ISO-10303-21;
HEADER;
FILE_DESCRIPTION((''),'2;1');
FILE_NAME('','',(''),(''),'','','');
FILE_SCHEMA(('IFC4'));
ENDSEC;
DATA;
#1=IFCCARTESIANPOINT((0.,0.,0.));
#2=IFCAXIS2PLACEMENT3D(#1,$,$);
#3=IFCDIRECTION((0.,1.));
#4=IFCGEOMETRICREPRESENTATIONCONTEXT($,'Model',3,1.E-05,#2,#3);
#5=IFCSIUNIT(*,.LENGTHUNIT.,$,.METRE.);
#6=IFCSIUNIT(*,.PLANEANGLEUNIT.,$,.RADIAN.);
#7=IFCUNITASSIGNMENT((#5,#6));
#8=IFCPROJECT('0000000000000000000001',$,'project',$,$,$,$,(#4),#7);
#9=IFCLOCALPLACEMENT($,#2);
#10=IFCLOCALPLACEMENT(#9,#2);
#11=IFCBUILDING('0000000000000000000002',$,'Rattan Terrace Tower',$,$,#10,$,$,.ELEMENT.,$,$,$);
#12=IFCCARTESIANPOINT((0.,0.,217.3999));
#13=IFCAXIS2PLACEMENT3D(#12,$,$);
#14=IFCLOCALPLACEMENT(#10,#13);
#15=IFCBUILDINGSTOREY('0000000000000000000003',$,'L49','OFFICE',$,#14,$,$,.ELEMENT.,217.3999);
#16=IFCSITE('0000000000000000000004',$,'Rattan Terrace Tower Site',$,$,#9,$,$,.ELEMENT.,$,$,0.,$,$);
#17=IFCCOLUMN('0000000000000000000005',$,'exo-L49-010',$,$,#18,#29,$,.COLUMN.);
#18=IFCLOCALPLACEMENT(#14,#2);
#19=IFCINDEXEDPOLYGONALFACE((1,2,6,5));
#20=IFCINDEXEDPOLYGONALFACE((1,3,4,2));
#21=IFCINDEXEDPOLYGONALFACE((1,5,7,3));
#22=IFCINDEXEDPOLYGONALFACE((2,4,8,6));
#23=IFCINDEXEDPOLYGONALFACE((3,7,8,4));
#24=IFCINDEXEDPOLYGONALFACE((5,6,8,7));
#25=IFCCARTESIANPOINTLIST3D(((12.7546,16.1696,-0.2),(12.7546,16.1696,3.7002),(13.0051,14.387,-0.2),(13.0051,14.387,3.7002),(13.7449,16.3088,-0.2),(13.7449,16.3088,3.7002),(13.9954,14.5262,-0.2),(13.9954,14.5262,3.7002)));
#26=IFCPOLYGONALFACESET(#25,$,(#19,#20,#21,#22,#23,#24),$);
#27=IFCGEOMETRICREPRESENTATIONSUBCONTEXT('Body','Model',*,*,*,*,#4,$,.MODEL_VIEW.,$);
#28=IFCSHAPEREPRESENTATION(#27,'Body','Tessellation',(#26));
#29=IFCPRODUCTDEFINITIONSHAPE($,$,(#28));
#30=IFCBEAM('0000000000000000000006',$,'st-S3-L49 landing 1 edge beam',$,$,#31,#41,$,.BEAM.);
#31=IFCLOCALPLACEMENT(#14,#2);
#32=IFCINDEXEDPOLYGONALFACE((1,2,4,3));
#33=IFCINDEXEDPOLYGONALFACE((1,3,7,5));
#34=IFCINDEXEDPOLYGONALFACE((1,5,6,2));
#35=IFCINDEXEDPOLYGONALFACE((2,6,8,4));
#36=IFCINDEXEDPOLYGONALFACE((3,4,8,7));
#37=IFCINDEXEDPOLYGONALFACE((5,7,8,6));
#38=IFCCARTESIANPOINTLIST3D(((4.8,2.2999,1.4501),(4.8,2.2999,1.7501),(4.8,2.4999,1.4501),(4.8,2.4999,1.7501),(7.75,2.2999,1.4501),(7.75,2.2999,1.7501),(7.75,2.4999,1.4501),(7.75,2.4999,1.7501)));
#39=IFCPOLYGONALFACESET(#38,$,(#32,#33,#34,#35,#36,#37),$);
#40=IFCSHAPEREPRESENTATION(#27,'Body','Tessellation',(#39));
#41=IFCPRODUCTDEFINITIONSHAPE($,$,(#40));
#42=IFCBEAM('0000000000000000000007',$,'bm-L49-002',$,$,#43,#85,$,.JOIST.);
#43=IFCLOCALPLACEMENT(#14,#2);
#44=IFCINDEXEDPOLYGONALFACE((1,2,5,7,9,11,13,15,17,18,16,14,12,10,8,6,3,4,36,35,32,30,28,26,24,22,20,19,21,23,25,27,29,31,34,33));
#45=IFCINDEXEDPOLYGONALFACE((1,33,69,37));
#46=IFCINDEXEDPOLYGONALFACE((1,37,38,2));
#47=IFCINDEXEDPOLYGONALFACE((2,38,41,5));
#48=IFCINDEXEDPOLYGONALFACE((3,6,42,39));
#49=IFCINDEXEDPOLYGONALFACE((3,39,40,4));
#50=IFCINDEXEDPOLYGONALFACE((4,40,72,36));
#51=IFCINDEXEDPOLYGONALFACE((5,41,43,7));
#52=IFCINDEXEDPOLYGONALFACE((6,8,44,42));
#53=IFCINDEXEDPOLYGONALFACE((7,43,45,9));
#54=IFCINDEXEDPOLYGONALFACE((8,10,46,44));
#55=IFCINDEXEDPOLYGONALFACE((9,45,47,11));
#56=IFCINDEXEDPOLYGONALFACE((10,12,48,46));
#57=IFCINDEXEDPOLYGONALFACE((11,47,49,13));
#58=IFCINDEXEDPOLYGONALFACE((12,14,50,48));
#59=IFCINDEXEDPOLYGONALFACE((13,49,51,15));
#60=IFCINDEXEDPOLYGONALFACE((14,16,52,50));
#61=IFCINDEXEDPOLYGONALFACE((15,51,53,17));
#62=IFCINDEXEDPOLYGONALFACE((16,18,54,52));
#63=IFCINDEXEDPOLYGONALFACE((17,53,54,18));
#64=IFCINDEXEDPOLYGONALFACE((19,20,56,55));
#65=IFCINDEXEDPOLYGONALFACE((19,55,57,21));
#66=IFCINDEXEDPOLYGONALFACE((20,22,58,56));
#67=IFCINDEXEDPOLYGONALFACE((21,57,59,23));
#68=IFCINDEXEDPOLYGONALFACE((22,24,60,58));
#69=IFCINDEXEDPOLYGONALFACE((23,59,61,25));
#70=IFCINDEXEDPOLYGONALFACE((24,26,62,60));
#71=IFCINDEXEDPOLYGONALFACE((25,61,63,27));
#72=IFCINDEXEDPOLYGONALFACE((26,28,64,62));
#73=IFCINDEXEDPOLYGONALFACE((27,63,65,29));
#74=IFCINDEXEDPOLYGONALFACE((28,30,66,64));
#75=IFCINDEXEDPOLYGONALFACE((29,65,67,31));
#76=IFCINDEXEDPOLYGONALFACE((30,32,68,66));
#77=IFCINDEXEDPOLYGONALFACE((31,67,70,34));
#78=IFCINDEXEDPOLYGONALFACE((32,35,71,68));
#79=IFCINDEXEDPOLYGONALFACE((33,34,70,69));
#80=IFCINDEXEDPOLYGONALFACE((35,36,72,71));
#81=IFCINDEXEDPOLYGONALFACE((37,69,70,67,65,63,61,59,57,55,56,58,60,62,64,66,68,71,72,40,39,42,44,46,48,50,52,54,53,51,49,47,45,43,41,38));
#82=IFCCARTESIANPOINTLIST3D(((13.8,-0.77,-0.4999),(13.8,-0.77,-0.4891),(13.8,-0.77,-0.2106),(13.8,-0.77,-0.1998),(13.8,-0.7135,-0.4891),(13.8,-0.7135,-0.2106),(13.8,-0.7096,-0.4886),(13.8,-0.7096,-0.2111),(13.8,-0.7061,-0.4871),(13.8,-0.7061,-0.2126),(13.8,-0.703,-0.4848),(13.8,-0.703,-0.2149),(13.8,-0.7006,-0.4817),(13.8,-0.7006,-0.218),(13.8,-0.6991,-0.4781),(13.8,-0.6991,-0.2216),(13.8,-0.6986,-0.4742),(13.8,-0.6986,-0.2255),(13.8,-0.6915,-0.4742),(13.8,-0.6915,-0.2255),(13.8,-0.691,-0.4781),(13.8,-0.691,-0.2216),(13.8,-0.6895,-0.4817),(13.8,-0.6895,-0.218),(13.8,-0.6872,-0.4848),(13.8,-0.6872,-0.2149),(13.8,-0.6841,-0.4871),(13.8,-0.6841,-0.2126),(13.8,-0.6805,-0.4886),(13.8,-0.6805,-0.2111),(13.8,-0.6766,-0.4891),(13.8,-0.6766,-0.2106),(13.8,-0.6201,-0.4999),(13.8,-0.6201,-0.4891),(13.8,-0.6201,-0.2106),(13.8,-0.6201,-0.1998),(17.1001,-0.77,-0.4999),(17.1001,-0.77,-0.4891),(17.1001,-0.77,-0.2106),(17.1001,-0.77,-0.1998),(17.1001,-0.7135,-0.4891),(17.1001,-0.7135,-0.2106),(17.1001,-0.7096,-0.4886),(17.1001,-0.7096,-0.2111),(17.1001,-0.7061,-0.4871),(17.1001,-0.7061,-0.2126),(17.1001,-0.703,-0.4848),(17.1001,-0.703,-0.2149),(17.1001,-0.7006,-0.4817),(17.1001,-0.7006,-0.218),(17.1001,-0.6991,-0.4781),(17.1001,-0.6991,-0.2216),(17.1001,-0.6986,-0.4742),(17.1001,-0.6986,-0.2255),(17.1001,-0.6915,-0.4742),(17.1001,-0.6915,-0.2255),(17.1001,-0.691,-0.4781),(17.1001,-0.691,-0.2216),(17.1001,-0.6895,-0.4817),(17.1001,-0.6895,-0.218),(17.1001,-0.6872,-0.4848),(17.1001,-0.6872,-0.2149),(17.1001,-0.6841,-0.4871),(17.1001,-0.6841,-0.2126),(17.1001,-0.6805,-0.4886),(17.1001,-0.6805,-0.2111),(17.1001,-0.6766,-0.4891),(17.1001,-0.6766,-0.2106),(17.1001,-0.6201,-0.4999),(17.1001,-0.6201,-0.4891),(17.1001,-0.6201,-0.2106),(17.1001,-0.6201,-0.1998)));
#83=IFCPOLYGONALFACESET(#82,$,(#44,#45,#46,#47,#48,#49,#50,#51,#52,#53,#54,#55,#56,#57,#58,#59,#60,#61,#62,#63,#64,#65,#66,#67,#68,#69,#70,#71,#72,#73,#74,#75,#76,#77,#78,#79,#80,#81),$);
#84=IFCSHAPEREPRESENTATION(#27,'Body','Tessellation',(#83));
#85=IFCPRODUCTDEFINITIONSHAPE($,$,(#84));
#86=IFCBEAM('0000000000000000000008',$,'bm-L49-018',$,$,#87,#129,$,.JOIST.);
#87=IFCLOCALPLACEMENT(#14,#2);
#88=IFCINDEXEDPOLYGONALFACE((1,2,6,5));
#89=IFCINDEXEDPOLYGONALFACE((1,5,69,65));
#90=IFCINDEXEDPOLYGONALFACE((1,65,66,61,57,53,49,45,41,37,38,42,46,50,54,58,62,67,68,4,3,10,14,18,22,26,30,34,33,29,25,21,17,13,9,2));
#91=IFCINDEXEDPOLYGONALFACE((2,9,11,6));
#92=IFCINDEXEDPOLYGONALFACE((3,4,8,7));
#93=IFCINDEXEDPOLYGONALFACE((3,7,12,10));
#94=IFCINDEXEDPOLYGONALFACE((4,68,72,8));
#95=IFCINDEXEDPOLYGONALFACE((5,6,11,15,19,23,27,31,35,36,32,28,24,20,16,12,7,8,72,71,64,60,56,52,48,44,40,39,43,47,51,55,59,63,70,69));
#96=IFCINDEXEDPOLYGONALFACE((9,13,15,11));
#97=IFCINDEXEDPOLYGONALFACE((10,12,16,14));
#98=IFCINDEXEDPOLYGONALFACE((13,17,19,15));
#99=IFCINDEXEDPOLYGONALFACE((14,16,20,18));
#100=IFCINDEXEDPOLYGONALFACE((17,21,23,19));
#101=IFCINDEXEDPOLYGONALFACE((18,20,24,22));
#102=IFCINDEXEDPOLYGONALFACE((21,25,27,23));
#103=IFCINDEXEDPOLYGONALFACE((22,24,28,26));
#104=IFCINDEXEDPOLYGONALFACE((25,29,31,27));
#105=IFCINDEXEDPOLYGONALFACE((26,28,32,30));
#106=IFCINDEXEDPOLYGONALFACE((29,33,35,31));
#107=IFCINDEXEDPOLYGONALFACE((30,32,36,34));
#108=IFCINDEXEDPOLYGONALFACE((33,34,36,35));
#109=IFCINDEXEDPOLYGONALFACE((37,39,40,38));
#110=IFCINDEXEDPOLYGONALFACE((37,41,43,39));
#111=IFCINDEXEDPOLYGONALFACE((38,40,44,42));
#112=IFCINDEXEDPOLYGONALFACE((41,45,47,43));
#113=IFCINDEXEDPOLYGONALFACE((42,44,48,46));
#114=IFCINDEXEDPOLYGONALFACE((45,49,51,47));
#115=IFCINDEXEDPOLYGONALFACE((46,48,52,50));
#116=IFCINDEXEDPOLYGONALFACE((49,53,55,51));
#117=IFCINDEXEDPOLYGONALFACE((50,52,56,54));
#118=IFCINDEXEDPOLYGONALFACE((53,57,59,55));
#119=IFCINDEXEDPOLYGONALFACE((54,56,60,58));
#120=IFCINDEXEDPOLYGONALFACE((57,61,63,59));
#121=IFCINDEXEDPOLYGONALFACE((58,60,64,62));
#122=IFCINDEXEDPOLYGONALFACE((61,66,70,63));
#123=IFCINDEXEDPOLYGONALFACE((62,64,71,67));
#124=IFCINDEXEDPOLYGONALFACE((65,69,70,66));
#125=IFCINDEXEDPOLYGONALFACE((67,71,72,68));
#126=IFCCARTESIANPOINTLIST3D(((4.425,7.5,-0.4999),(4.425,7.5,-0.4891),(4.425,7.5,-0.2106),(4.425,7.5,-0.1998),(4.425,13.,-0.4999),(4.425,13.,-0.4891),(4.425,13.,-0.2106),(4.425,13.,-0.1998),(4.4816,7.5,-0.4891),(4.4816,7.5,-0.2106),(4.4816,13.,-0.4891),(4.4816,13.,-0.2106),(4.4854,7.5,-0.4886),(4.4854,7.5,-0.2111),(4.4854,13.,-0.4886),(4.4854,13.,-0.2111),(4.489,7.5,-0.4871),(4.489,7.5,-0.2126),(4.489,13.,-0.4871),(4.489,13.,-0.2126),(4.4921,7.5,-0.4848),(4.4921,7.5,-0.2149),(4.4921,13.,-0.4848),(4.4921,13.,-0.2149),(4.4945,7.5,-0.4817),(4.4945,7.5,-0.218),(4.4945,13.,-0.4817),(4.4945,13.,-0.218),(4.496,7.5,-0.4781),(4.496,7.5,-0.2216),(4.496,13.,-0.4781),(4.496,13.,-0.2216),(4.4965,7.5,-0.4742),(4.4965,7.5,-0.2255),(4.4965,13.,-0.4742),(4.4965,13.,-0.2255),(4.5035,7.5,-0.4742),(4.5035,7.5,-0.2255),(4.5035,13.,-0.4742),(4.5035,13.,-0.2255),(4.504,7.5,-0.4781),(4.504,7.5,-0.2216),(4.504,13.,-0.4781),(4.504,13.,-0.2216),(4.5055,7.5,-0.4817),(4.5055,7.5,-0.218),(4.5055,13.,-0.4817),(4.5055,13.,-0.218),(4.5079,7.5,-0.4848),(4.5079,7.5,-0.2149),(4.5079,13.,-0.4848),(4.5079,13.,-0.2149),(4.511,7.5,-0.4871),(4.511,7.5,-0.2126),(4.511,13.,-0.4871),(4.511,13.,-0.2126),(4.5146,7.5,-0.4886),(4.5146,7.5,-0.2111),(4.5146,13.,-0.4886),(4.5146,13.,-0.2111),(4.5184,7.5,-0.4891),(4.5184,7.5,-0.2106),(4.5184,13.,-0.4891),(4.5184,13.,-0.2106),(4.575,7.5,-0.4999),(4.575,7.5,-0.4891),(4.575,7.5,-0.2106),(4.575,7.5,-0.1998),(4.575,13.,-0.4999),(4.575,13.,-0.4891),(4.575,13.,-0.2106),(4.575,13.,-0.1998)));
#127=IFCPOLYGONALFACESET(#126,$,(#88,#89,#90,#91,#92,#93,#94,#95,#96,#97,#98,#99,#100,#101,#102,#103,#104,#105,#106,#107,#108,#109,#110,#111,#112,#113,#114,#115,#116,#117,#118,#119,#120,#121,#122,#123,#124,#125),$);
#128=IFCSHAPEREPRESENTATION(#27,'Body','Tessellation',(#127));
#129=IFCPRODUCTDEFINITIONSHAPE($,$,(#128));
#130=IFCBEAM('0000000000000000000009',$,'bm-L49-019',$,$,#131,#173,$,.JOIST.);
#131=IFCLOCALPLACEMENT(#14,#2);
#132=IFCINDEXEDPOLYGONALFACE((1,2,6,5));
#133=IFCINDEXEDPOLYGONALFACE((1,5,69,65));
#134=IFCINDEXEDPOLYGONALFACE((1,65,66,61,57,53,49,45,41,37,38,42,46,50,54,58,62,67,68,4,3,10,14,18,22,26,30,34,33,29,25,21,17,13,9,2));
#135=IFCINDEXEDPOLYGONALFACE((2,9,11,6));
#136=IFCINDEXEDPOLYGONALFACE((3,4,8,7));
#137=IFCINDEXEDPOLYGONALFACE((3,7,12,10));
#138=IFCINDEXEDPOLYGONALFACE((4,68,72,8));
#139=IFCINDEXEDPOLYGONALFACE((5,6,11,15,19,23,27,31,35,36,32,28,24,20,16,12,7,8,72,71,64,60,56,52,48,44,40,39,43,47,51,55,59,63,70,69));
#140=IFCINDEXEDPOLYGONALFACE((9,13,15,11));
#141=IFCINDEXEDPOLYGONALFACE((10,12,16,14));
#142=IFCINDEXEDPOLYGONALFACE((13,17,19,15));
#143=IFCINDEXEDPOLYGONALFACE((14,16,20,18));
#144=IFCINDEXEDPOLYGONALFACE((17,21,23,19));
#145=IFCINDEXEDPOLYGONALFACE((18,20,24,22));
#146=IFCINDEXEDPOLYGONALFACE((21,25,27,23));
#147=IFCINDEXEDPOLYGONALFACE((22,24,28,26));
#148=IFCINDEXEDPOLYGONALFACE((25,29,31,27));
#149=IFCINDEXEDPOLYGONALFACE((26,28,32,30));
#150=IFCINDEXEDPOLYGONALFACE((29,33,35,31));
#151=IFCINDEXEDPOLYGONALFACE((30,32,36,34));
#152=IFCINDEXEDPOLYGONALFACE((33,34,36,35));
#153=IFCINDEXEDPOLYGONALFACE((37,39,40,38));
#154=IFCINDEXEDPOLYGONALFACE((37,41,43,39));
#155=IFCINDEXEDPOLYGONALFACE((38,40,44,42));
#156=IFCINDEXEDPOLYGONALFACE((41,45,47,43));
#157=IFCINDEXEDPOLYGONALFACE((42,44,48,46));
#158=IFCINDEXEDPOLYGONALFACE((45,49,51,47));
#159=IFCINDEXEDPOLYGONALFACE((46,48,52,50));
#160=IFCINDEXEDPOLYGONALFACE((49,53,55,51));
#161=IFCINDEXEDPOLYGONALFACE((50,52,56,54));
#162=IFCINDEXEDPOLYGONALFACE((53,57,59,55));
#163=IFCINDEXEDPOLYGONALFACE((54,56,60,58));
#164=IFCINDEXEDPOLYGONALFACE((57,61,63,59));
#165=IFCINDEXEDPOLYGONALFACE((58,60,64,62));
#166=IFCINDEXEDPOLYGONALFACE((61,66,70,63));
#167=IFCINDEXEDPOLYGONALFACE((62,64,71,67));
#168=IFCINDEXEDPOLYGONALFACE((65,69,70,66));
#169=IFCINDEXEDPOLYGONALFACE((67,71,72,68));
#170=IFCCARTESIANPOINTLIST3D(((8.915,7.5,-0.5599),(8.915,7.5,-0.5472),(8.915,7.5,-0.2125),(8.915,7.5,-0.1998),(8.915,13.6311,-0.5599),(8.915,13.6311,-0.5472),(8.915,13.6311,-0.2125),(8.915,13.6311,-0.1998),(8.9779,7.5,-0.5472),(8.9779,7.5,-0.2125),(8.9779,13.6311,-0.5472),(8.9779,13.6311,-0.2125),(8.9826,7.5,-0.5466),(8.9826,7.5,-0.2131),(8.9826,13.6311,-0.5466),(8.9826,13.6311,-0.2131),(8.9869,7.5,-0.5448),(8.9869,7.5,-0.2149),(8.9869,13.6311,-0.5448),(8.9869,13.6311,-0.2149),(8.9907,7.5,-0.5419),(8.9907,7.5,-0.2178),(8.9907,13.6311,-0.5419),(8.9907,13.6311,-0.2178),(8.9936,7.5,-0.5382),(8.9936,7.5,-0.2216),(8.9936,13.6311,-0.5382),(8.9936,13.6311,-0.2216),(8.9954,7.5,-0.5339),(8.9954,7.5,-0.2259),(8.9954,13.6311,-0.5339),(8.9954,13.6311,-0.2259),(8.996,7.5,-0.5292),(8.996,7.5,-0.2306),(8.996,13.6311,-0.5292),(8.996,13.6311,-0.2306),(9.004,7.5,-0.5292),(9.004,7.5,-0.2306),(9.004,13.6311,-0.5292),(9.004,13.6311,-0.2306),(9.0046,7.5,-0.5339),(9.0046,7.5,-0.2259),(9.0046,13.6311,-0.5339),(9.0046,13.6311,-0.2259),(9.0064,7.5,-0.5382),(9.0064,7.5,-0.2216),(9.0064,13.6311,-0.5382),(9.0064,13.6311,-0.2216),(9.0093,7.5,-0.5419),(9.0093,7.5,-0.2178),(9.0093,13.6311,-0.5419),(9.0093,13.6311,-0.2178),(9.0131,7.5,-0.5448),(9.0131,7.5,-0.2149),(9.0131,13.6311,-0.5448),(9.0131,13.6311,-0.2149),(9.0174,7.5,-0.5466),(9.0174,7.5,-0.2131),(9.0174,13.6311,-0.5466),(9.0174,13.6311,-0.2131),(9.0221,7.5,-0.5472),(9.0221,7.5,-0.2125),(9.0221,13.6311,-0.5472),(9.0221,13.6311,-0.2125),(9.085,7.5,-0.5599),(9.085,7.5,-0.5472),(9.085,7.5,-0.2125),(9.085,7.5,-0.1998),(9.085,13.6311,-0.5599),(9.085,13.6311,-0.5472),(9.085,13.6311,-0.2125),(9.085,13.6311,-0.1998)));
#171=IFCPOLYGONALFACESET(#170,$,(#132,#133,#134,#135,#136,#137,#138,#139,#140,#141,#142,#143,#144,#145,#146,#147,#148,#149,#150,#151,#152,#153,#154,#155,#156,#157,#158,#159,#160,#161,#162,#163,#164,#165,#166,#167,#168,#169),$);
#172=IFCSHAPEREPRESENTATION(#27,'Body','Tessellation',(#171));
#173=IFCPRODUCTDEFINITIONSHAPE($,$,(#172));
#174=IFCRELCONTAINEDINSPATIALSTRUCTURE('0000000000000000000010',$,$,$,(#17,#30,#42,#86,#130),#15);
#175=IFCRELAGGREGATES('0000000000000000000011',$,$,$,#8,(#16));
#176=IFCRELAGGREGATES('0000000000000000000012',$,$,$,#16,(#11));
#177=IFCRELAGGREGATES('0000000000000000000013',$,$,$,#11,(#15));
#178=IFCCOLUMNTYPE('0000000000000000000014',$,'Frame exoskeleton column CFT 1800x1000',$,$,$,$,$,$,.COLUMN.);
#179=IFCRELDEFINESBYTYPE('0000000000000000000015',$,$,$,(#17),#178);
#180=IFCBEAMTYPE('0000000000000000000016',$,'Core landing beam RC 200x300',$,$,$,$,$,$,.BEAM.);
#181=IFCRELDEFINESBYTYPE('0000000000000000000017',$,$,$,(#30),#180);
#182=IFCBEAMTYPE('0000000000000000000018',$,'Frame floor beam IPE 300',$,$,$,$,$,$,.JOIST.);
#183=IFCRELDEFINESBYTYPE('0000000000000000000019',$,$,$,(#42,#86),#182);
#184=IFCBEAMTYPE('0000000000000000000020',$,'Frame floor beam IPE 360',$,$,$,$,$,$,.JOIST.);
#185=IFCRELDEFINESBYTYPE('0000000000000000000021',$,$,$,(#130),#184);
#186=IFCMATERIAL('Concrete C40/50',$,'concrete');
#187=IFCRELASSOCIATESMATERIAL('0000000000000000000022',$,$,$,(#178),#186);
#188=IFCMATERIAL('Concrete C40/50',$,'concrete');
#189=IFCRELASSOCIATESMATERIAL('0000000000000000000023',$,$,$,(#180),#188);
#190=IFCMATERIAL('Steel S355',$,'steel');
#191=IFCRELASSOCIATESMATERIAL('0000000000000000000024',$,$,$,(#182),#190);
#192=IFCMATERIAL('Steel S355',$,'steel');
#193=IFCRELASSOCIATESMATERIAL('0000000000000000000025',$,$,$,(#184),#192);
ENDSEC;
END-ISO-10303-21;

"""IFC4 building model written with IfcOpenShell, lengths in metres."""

from ifc_helpers import new_model, si_unit, direction, frame, origin, origin_2d, place, context, subcontext, project, spatial, rectangle, i_section, extrude, material, material_profile, profile_set, type_object, element, save


model = new_model("IFC4")

# Units and contexts
model_context = context("Model", 3, precision=1e-05, world=origin(), true_north=direction((0.0, 1.0)))
body_context = subcontext(model_context, "Body", "Model", "MODEL_VIEW")
ifc_project = project(units=[si_unit("LENGTHUNIT", "METRE"), si_unit("PLANEANGLEUNIT", "RADIAN")], contexts=[model_context])

# Site, building, storey
site_placement = place(None, origin())
site = spatial("IfcSite", under=ifc_project, at=site_placement, Name="Rattan Terrace Tower Site", CompositionType="ELEMENT", RefElevation=0.0)
building_placement = place(site_placement, origin())
building = spatial("IfcBuilding", under=site, at=building_placement, Name="Rattan Terrace Tower", CompositionType="ELEMENT")
storey_placement = place(building_placement, frame((0.0, 0.0, 217.3999)))
storey = spatial("IfcBuildingStorey", under=building, at=storey_placement, Name="L49", Description="OFFICE", CompositionType="ELEMENT", Elevation=217.3999)

# Column
ifc_material_1 = material(Name="Concrete C40/50", Category="concrete")
ifc_material_profile_1 = material_profile(ifc_material_1, rectangle(XDim=1.0, YDim=1.8, at=origin_2d()), Name="CFT 1800x1000")
ifc_profile_set_1 = profile_set([ifc_material_profile_1], Name="Concrete C40/50")
column_type = type_object("IfcColumnType", Name="Frame exoskeleton column CFT 1800x1000", PredefinedType="COLUMN", material=ifc_profile_set_1)
column_placement = place(storey_placement, frame((13.375, 15.3479, -0.2), z_axis=(0.0, 0.0, 1.0), x_axis=(0.990268, 0.139173, 0.0)))
element("IfcColumn", 1, at=column_placement, inside=storey, type_object=column_type, Name="exo-L49-010", PredefinedType="COLUMN", context=body_context, shape_type="SweptSolid", body=[
    extrude(rectangle(XDim=1.0, YDim=1.8, at=origin_2d()), origin(), (0.0, 0.0, 1.0), 3.9001),
])

# Beams
ifc_material_2 = material(Name="Concrete C40/50", Category="concrete")
ifc_material_profile_2 = material_profile(ifc_material_2, rectangle(XDim=0.2, YDim=0.3, at=origin_2d()), Name="RC 200x300")
ifc_profile_set_2 = profile_set([ifc_material_profile_2], Name="Concrete C40/50")
beam_type_1 = type_object("IfcBeamType", Name="Core landing beam RC 200x300", PredefinedType="BEAM", material=ifc_profile_set_2)
beam_1_placement = place(storey_placement, frame((4.8, 2.3999, 1.6001), z_axis=(1.0, 0.0, 0.0), x_axis=(0.0, 1.0, 0.0)))
element("IfcBeam", 2, at=beam_1_placement, inside=storey, type_object=beam_type_1, Name="st-S3-L49 landing 1 edge beam", PredefinedType="BEAM", context=body_context, shape_type="SweptSolid", body=[
    extrude(rectangle(XDim=0.2, YDim=0.3, at=origin_2d()), origin(), (0.0, 0.0, 1.0), 2.95),
])
ifc_material_3 = material(Name="Steel S355", Category="steel")
ifc_material_profile_3 = material_profile(ifc_material_3, i_section(OverallWidth=0.1499, OverallDepth=0.3, WebThickness=0.0071, FlangeThickness=0.0107, FilletRadius=0.0149, at=origin_2d()), Name="IPE 300")
ifc_profile_set_3 = profile_set([ifc_material_profile_3], Name="Steel S355")
beam_type_2 = type_object("IfcBeamType", Name="Frame floor beam IPE 300", PredefinedType="JOIST", material=ifc_profile_set_3)
beam_2_placement = place(storey_placement, frame((13.8, -0.6951, -0.3499), z_axis=(1.0, 0.0, 0.0), x_axis=(0.0, 1.0, 0.0)))
element("IfcBeam", 3, at=beam_2_placement, inside=storey, type_object=beam_type_2, Name="bm-L49-002", PredefinedType="JOIST", context=body_context, shape_type="SweptSolid", body=[
    extrude(i_section(OverallWidth=0.1499, OverallDepth=0.3, WebThickness=0.0071, FlangeThickness=0.0107, FilletRadius=0.0149, at=origin_2d()), origin(), (0.0, 0.0, 1.0), 3.3),
])
beam_3_placement = place(storey_placement, frame((4.5, 7.5, -0.3499), z_axis=(0.0, 1.0, 0.0), x_axis=(-1.0, 0.0, 0.0)))
element("IfcBeam", 4, at=beam_3_placement, inside=storey, type_object=beam_type_2, Name="bm-L49-018", PredefinedType="JOIST", context=body_context, shape_type="SweptSolid", body=[
    extrude(i_section(OverallWidth=0.1499, OverallDepth=0.3, WebThickness=0.0071, FlangeThickness=0.0107, FilletRadius=0.0149, at=origin_2d()), origin(), (0.0, 0.0, 1.0), 5.5),
])
ifc_material_4 = material(Name="Steel S355", Category="steel")
ifc_material_profile_4 = material_profile(ifc_material_4, i_section(OverallWidth=0.1699, OverallDepth=0.3601, WebThickness=0.0081, FlangeThickness=0.0127, FilletRadius=0.0181, at=origin_2d()), Name="IPE 360")
ifc_profile_set_4 = profile_set([ifc_material_profile_4], Name="Steel S355")
beam_type_3 = type_object("IfcBeamType", Name="Frame floor beam IPE 360", PredefinedType="JOIST", material=ifc_profile_set_4)
beam_4_placement = place(storey_placement, frame((9.0, 7.5, -0.3799), z_axis=(0.0, 1.0, 0.0), x_axis=(-1.0, 0.0, 0.0)))
element("IfcBeam", 5, at=beam_4_placement, inside=storey, type_object=beam_type_3, Name="bm-L49-019", PredefinedType="JOIST", context=body_context, shape_type="SweptSolid", body=[
    extrude(i_section(OverallWidth=0.1699, OverallDepth=0.3601, WebThickness=0.0081, FlangeThickness=0.0127, FilletRadius=0.0181, at=origin_2d()), origin(), (0.0, 0.0, 1.0), 6.1311),
])

save(model, "model.ifc")
